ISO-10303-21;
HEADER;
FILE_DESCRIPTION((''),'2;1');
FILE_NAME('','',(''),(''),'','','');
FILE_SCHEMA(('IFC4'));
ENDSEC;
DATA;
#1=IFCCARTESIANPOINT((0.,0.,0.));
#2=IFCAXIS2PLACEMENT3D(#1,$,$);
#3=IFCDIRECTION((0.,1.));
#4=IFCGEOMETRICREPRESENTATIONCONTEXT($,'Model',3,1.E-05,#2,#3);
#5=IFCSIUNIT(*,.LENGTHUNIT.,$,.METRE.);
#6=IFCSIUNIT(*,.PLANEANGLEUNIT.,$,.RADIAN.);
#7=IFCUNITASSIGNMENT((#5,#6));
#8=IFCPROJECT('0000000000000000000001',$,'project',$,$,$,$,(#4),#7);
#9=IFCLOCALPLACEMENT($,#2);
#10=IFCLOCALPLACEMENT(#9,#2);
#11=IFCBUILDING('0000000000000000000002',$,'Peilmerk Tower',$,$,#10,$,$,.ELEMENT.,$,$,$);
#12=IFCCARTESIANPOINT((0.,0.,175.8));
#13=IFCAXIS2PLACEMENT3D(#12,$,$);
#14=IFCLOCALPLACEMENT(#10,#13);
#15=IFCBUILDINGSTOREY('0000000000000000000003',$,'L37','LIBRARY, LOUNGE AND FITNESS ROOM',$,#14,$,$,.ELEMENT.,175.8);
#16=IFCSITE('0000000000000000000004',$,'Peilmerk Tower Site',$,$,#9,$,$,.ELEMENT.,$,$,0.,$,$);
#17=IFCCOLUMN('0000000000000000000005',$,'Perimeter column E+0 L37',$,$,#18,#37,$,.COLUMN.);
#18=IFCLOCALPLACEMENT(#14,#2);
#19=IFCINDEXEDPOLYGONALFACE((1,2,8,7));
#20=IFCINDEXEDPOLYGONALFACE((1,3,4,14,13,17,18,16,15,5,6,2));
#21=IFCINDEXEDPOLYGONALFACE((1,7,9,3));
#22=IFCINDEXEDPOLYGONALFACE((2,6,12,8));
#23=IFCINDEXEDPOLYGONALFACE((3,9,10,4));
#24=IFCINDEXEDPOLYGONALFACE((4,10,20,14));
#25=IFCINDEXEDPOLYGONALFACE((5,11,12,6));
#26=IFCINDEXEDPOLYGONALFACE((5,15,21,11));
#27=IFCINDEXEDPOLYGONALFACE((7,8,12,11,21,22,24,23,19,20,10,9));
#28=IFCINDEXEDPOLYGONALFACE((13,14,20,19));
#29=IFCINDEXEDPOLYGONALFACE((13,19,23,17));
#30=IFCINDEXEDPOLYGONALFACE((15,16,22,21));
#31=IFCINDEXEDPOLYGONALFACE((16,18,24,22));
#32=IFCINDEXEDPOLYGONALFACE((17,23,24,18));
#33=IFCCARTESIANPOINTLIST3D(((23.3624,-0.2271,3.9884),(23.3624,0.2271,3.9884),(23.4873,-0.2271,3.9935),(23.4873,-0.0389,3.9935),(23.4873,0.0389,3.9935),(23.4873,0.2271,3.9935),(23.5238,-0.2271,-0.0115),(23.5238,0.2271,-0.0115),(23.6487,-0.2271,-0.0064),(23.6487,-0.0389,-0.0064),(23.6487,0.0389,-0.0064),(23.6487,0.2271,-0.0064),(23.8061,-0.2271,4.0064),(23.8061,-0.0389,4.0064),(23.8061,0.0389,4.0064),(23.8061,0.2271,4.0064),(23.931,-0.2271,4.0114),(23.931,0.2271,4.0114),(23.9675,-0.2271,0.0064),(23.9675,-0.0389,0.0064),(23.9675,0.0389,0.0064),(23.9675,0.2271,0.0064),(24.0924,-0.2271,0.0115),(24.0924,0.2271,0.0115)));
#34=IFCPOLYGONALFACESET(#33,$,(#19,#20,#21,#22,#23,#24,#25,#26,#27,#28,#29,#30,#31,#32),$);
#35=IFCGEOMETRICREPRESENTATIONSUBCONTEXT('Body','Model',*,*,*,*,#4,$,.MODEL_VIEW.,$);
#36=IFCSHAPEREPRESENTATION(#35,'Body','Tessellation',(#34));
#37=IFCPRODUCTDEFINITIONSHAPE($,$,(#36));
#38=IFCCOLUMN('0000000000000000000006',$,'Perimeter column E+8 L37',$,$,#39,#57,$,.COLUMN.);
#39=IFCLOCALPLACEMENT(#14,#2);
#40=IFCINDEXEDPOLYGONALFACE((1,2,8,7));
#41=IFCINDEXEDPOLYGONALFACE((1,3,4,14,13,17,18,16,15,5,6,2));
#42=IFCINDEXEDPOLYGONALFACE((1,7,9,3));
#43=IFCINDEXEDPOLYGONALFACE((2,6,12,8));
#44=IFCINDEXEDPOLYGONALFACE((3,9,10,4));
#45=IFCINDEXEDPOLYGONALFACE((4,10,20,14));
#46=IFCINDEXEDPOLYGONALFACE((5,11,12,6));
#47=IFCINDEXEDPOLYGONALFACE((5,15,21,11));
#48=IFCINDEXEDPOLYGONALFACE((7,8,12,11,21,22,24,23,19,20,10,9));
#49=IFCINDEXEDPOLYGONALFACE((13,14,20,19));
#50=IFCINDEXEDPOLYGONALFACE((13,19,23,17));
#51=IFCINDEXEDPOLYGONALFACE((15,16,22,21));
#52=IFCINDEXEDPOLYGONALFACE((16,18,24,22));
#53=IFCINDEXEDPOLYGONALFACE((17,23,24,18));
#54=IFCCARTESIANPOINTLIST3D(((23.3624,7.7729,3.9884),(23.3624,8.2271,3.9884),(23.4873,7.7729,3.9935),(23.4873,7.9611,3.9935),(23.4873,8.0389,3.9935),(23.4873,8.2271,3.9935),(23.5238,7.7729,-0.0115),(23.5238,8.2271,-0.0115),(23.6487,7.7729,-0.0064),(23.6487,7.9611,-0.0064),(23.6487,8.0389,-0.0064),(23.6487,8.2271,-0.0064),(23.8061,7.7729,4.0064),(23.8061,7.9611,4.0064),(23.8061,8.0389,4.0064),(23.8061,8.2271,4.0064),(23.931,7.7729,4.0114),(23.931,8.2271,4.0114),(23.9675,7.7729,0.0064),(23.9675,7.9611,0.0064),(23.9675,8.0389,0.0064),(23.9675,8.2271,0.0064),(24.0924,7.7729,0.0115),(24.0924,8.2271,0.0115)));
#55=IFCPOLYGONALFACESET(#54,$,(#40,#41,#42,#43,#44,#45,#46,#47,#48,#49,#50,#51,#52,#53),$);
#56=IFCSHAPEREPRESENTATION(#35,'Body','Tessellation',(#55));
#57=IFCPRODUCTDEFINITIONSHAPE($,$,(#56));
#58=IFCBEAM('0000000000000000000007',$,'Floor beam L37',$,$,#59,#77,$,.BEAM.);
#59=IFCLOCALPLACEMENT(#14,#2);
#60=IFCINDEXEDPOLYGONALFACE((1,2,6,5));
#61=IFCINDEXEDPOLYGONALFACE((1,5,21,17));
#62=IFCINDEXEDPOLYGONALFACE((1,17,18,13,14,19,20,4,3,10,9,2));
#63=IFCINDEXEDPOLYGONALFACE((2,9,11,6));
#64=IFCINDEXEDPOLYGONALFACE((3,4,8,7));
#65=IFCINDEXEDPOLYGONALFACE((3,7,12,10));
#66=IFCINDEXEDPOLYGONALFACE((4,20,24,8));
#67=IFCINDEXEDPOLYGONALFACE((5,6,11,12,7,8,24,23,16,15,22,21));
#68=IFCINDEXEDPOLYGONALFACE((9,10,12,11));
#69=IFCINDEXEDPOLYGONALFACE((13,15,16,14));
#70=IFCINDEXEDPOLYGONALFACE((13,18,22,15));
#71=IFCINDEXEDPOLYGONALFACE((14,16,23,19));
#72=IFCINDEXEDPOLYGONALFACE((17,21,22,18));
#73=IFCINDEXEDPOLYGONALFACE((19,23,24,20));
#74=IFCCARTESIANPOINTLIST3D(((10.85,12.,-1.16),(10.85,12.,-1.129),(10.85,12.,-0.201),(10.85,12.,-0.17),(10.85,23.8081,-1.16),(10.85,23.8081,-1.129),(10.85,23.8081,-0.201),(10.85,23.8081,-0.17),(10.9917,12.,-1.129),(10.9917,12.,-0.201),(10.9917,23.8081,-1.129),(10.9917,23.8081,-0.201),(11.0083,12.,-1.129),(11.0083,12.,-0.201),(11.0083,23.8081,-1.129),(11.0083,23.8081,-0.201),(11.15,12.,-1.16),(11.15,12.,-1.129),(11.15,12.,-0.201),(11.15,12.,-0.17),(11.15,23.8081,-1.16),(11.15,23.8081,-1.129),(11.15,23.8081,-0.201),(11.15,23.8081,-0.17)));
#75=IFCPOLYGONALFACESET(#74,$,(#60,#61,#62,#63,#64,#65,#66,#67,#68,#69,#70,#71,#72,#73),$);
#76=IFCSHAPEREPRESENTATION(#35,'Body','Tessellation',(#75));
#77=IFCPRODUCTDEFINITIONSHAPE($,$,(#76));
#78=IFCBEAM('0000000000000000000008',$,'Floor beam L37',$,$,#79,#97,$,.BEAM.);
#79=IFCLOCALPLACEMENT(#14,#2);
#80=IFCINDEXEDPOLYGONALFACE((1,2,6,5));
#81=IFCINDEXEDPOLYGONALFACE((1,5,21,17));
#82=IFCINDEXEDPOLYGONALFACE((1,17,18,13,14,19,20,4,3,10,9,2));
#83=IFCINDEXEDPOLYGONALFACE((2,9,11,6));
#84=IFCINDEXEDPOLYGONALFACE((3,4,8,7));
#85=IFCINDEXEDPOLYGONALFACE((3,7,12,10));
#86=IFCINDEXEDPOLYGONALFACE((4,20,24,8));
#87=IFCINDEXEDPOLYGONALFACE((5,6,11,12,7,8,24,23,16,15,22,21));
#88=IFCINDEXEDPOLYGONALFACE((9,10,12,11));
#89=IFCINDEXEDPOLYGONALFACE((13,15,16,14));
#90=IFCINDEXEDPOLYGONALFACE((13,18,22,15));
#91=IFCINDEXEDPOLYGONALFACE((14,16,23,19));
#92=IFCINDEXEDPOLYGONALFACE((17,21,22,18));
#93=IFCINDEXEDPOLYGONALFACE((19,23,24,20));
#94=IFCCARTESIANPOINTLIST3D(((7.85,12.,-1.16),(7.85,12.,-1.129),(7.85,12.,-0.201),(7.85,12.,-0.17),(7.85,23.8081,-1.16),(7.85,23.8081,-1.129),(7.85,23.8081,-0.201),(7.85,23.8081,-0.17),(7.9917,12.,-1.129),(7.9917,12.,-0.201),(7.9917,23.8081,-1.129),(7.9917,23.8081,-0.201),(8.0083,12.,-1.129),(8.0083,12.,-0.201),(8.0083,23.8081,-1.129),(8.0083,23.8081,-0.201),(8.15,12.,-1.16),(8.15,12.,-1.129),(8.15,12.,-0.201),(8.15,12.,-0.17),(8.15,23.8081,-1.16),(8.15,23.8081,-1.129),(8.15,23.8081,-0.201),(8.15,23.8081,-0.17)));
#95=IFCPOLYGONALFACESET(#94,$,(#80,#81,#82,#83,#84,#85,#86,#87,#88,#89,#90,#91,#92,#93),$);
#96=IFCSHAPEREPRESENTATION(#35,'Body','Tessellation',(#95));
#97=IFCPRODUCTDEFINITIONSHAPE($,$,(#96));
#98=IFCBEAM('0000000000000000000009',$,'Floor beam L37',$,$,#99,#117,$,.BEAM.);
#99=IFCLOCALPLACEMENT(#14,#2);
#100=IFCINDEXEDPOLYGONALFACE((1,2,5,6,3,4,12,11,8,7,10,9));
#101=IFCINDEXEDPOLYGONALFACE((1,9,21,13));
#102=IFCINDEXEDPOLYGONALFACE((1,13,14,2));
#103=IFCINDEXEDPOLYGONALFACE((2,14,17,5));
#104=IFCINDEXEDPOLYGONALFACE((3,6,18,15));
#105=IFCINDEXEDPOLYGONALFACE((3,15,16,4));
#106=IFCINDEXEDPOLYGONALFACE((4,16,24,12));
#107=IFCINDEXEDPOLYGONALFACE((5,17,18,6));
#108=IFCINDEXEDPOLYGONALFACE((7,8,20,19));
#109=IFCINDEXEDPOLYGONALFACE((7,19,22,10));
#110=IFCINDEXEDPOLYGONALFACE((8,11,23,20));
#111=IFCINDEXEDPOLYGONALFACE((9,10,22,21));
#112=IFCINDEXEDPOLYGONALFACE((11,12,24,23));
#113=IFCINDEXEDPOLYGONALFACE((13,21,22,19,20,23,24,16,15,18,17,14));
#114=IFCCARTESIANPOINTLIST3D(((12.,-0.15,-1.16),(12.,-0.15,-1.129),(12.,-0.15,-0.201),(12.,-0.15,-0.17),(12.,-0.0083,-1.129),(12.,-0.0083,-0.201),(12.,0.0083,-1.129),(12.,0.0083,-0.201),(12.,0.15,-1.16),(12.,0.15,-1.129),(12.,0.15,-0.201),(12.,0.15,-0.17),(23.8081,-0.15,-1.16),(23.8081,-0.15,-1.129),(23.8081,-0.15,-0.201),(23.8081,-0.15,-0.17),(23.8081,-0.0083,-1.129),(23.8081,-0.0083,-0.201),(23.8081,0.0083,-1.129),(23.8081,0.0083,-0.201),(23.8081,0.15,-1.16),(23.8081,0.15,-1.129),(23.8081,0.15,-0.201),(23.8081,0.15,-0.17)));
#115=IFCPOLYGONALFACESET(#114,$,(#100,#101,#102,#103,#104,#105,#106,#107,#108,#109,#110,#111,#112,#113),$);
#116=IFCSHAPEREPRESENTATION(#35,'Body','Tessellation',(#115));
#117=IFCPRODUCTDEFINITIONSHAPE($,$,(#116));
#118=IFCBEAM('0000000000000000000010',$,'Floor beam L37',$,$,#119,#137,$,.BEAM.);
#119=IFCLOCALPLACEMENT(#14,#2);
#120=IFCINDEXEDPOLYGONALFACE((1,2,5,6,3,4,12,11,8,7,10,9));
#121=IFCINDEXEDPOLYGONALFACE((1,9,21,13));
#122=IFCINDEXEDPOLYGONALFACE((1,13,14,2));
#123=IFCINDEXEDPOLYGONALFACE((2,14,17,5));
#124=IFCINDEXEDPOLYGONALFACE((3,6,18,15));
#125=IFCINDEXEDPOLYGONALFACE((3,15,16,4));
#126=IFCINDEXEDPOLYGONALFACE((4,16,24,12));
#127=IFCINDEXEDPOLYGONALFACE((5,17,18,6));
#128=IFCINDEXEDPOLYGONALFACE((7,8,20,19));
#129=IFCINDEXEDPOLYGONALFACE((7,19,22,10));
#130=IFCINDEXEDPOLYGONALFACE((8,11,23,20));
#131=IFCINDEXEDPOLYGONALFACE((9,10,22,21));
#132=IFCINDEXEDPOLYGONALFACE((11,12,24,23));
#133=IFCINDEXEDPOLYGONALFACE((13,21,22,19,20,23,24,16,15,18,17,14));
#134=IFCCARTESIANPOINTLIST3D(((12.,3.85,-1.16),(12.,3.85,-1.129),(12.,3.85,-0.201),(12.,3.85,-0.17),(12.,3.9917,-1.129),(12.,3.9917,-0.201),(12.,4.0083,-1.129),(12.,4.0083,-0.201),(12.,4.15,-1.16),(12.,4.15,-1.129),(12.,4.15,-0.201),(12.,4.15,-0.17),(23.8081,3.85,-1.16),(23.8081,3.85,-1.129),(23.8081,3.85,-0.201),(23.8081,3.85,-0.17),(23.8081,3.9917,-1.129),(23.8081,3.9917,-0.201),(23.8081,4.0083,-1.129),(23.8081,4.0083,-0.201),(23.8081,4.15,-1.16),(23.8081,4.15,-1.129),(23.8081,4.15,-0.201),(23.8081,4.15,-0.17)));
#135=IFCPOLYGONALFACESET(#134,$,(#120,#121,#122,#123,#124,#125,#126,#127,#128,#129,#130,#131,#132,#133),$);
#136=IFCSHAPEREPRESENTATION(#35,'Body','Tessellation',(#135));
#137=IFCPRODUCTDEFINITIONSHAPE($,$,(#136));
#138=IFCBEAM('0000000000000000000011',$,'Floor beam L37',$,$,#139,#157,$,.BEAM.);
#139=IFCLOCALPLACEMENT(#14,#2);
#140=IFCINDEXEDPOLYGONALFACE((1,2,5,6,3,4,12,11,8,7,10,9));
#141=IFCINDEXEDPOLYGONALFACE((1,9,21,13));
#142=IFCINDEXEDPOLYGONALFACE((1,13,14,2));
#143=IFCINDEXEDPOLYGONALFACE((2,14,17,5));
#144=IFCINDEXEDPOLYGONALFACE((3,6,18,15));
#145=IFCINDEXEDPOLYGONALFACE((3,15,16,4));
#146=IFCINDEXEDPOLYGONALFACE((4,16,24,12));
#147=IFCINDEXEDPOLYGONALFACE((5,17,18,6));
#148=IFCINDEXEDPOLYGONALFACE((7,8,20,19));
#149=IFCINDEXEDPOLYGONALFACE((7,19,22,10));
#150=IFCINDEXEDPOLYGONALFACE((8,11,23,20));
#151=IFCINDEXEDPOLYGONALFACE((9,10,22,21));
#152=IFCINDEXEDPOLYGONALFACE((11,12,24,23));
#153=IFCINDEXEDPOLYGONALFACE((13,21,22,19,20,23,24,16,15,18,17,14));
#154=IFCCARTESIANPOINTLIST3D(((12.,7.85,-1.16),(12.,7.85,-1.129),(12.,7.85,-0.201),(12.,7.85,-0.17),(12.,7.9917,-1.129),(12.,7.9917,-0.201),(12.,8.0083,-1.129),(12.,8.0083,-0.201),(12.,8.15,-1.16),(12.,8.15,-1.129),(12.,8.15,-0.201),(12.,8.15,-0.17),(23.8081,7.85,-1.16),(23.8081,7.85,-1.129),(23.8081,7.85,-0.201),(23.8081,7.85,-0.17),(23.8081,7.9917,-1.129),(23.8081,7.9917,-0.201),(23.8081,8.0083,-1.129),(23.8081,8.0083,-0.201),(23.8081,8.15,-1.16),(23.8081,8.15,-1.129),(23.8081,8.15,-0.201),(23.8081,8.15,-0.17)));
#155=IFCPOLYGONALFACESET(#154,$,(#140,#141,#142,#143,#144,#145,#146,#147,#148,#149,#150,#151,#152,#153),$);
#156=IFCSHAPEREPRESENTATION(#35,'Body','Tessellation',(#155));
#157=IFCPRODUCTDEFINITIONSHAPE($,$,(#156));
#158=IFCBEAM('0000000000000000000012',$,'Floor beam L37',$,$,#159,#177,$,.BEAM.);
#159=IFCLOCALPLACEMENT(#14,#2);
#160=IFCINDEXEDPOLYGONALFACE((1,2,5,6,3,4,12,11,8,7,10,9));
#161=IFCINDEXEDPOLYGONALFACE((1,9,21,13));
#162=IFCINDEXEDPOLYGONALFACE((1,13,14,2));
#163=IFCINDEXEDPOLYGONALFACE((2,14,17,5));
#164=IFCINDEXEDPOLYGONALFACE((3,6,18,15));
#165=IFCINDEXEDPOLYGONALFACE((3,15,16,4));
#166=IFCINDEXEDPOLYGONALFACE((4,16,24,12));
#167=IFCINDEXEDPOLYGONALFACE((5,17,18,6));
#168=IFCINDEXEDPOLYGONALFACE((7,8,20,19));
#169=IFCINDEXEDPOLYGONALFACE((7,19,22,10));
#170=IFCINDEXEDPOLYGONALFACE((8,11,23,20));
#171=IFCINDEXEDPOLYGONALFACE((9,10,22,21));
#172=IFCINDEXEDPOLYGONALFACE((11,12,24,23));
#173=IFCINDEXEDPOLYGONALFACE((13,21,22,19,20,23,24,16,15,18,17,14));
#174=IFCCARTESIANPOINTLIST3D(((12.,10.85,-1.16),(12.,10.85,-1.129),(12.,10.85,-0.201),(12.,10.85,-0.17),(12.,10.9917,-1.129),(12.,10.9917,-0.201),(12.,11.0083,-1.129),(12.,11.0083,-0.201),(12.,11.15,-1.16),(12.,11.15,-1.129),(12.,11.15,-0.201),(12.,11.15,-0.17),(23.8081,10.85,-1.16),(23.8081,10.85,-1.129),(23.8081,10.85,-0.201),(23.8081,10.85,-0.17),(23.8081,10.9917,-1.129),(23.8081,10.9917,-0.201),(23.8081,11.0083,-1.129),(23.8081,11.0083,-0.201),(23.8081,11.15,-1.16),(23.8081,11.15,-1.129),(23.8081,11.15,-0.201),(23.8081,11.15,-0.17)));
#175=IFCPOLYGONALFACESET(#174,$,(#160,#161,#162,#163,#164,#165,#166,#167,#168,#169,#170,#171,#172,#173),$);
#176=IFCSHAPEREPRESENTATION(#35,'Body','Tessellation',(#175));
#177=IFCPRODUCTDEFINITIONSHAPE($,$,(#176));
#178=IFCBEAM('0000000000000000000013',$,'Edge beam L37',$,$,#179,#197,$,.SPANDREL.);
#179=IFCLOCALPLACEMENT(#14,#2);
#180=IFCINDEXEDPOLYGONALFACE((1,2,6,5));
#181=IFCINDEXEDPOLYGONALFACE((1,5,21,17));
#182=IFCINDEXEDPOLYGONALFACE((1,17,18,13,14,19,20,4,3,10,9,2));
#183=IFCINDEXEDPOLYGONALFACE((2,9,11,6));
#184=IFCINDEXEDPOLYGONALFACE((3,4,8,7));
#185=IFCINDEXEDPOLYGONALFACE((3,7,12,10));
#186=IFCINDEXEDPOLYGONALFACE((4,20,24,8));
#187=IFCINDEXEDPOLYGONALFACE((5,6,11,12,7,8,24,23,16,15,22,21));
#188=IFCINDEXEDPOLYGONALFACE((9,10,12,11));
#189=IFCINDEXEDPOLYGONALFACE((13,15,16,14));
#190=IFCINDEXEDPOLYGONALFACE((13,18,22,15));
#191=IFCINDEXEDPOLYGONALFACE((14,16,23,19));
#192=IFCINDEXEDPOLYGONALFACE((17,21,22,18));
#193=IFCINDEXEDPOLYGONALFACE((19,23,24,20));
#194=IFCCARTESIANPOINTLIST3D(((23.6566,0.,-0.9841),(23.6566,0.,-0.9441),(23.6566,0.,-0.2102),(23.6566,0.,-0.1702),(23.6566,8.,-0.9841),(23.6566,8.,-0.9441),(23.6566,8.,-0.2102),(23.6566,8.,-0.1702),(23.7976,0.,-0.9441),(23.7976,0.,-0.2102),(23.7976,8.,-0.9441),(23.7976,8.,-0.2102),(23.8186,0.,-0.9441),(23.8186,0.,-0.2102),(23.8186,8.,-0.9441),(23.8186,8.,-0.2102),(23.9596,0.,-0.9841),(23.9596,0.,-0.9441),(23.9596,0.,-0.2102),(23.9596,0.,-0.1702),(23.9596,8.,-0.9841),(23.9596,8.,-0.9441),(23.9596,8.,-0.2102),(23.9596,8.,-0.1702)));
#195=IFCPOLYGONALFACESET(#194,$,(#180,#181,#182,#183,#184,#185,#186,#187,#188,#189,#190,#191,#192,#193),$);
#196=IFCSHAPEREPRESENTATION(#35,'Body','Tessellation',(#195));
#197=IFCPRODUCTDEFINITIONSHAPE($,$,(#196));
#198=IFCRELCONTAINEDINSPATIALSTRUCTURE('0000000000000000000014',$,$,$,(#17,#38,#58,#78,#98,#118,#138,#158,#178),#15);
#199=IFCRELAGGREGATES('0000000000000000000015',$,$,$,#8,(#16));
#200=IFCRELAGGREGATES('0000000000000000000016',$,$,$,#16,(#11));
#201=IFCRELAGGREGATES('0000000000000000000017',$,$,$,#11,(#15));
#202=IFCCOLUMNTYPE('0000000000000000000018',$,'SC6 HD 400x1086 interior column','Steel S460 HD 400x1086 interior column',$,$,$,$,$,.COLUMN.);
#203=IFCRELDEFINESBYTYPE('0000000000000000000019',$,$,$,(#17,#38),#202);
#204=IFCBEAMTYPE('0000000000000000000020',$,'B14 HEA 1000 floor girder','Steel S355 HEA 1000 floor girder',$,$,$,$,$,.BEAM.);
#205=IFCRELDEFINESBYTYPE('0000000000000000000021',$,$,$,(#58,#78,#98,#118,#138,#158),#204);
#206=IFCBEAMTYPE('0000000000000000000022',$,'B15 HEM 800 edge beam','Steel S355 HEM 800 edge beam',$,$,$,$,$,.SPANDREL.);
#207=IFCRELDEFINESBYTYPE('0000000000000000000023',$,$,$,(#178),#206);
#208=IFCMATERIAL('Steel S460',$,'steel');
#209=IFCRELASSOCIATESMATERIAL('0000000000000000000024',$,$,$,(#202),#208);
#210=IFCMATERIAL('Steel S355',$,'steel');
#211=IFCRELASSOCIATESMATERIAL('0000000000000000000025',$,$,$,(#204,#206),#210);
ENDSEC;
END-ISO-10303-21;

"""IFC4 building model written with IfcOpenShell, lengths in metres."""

from ifc_helpers import new_model, si_unit, direction, frame, origin, origin_2d, place, context, subcontext, project, spatial, i_section, extrude, material, material_profile, profile_set, type_object, element, save


model = new_model("IFC4")

# Units and contexts
model_context = context("Model", 3, precision=1e-05, world=origin(), true_north=direction((0.0, 1.0)))
body_context = subcontext(model_context, "Body", "Model", "MODEL_VIEW")
ifc_project = project(units=[si_unit("LENGTHUNIT", "METRE"), si_unit("PLANEANGLEUNIT", "RADIAN")], contexts=[model_context])

# Site, building, storey
site_placement = place(None, origin())
site = spatial("IfcSite", under=ifc_project, at=site_placement, Name="Peilmerk Tower Site", CompositionType="ELEMENT", RefElevation=0.0)
building_placement = place(site_placement, origin())
building = spatial("IfcBuilding", under=site, at=building_placement, Name="Peilmerk Tower", CompositionType="ELEMENT")
storey_placement = place(building_placement, frame((0.0, 0.0, 175.8)))
storey = spatial("IfcBuildingStorey", under=building, at=storey_placement, Name="L37", Description="LIBRARY, LOUNGE AND FITNESS ROOM", CompositionType="ELEMENT", Elevation=175.8)

# Columns
ifc_material_1 = material(Name="Steel S460", Category="steel")
ifc_material_profile_1 = material_profile(ifc_material_1, i_section(OverallWidth=0.4541, OverallDepth=0.5691, WebThickness=0.0779, FlangeThickness=0.125, at=origin_2d()), Name="HD 400x1086")
ifc_profile_set_1 = profile_set([ifc_material_profile_1], Name="Steel S460")
column_type = type_object("IfcColumnType", Name="SC6 HD 400x1086 interior column", Description="Steel S460 HD 400x1086 interior column", PredefinedType="COLUMN", material=ifc_profile_set_1)
for number, where, z_axis, x_axis, name in (
    (1, (23.8081, 0.0, 0.0), (-0.040311, 0.0, 0.999187), (0.0, -1.0, 0.0), "Perimeter column E+0 L37"),
    (2, (23.8081, 8.0, 0.0), (-0.040311, 0.0, 0.999187), (0.0, -1.0, 0.0), "Perimeter column E+8 L37"),
):
    element("IfcColumn", number, at=place(storey_placement, frame(where, z_axis=z_axis, x_axis=x_axis)), inside=storey, type_object=column_type, Name=name, PredefinedType="COLUMN", context=body_context, shape_type="SweptSolid", body=[
        extrude(i_section(OverallWidth=0.4541, OverallDepth=0.5691, WebThickness=0.0779, FlangeThickness=0.125, at=origin_2d()), origin(), (0.0, 0.0, 1.0), 4.0032),
    ])

# Beams
ifc_material_2 = material(Name="Steel S355", Category="steel")
ifc_material_profile_2 = material_profile(ifc_material_2, i_section(OverallWidth=0.3, OverallDepth=0.99, WebThickness=0.0166, FlangeThickness=0.031, at=origin_2d()), Name="HEA 1000")
ifc_profile_set_2 = profile_set([ifc_material_profile_2], Name="Steel S355")
beam_type_1 = type_object("IfcBeamType", Name="B14 HEA 1000 floor girder", Description="Steel S355 HEA 1000 floor girder", PredefinedType="BEAM", material=ifc_profile_set_2)
for number, where, z_axis, x_axis, name in (
    (3, (11.0, 12.0, -0.665), (0.0, 1.0, 0.0), (-1.0, 0.0, 0.0), "Floor beam L37"),
    (4, (8.0, 12.0, -0.665), (0.0, 1.0, 0.0), (-1.0, 0.0, 0.0), "Floor beam L37"),
    (5, (12.0, 0.0, -0.665), (1.0, 0.0, 0.0), (0.0, 1.0, 0.0), "Floor beam L37"),
    (6, (12.0, 4.0, -0.665), (1.0, 0.0, 0.0), (0.0, 1.0, 0.0), "Floor beam L37"),
    (7, (12.0, 8.0, -0.665), (1.0, 0.0, 0.0), (0.0, 1.0, 0.0), "Floor beam L37"),
    (8, (12.0, 11.0, -0.665), (1.0, 0.0, 0.0), (0.0, 1.0, 0.0), "Floor beam L37"),
):
    element("IfcBeam", number, at=place(storey_placement, frame(where, z_axis=z_axis, x_axis=x_axis)), inside=storey, type_object=beam_type_1, Name=name, PredefinedType="BEAM", context=body_context, shape_type="SweptSolid", body=[
        extrude(i_section(OverallWidth=0.3, OverallDepth=0.99, WebThickness=0.0166, FlangeThickness=0.031, at=origin_2d()), origin(), (0.0, 0.0, 1.0), 11.8081),
    ])
ifc_material_profile_3 = material_profile(ifc_material_2, i_section(OverallWidth=0.303, OverallDepth=0.814, WebThickness=0.021, FlangeThickness=0.04, at=origin_2d()), Name="HEM 800")
ifc_profile_set_3 = profile_set([ifc_material_profile_3], Name="Steel S355")
beam_type_2 = type_object("IfcBeamType", Name="B15 HEM 800 edge beam", Description="Steel S355 HEM 800 edge beam", PredefinedType="SPANDREL", material=ifc_profile_set_3)
for number, where, z_axis, x_axis, name in (
    (9, (23.8081, 0.0, -0.5771), (0.0, 1.0, 0.0), (-1.0, 0.0, 0.0), "Edge beam L37"),
):
    element("IfcBeam", number, at=place(storey_placement, frame(where, z_axis=z_axis, x_axis=x_axis)), inside=storey, type_object=beam_type_2, Name=name, PredefinedType="SPANDREL", context=body_context, shape_type="SweptSolid", body=[
        extrude(i_section(OverallWidth=0.303, OverallDepth=0.814, WebThickness=0.021, FlangeThickness=0.04, at=origin_2d()), origin(), (0.0, 0.0, 1.0), 8.0),
    ])

save(model, "model.ifc")
